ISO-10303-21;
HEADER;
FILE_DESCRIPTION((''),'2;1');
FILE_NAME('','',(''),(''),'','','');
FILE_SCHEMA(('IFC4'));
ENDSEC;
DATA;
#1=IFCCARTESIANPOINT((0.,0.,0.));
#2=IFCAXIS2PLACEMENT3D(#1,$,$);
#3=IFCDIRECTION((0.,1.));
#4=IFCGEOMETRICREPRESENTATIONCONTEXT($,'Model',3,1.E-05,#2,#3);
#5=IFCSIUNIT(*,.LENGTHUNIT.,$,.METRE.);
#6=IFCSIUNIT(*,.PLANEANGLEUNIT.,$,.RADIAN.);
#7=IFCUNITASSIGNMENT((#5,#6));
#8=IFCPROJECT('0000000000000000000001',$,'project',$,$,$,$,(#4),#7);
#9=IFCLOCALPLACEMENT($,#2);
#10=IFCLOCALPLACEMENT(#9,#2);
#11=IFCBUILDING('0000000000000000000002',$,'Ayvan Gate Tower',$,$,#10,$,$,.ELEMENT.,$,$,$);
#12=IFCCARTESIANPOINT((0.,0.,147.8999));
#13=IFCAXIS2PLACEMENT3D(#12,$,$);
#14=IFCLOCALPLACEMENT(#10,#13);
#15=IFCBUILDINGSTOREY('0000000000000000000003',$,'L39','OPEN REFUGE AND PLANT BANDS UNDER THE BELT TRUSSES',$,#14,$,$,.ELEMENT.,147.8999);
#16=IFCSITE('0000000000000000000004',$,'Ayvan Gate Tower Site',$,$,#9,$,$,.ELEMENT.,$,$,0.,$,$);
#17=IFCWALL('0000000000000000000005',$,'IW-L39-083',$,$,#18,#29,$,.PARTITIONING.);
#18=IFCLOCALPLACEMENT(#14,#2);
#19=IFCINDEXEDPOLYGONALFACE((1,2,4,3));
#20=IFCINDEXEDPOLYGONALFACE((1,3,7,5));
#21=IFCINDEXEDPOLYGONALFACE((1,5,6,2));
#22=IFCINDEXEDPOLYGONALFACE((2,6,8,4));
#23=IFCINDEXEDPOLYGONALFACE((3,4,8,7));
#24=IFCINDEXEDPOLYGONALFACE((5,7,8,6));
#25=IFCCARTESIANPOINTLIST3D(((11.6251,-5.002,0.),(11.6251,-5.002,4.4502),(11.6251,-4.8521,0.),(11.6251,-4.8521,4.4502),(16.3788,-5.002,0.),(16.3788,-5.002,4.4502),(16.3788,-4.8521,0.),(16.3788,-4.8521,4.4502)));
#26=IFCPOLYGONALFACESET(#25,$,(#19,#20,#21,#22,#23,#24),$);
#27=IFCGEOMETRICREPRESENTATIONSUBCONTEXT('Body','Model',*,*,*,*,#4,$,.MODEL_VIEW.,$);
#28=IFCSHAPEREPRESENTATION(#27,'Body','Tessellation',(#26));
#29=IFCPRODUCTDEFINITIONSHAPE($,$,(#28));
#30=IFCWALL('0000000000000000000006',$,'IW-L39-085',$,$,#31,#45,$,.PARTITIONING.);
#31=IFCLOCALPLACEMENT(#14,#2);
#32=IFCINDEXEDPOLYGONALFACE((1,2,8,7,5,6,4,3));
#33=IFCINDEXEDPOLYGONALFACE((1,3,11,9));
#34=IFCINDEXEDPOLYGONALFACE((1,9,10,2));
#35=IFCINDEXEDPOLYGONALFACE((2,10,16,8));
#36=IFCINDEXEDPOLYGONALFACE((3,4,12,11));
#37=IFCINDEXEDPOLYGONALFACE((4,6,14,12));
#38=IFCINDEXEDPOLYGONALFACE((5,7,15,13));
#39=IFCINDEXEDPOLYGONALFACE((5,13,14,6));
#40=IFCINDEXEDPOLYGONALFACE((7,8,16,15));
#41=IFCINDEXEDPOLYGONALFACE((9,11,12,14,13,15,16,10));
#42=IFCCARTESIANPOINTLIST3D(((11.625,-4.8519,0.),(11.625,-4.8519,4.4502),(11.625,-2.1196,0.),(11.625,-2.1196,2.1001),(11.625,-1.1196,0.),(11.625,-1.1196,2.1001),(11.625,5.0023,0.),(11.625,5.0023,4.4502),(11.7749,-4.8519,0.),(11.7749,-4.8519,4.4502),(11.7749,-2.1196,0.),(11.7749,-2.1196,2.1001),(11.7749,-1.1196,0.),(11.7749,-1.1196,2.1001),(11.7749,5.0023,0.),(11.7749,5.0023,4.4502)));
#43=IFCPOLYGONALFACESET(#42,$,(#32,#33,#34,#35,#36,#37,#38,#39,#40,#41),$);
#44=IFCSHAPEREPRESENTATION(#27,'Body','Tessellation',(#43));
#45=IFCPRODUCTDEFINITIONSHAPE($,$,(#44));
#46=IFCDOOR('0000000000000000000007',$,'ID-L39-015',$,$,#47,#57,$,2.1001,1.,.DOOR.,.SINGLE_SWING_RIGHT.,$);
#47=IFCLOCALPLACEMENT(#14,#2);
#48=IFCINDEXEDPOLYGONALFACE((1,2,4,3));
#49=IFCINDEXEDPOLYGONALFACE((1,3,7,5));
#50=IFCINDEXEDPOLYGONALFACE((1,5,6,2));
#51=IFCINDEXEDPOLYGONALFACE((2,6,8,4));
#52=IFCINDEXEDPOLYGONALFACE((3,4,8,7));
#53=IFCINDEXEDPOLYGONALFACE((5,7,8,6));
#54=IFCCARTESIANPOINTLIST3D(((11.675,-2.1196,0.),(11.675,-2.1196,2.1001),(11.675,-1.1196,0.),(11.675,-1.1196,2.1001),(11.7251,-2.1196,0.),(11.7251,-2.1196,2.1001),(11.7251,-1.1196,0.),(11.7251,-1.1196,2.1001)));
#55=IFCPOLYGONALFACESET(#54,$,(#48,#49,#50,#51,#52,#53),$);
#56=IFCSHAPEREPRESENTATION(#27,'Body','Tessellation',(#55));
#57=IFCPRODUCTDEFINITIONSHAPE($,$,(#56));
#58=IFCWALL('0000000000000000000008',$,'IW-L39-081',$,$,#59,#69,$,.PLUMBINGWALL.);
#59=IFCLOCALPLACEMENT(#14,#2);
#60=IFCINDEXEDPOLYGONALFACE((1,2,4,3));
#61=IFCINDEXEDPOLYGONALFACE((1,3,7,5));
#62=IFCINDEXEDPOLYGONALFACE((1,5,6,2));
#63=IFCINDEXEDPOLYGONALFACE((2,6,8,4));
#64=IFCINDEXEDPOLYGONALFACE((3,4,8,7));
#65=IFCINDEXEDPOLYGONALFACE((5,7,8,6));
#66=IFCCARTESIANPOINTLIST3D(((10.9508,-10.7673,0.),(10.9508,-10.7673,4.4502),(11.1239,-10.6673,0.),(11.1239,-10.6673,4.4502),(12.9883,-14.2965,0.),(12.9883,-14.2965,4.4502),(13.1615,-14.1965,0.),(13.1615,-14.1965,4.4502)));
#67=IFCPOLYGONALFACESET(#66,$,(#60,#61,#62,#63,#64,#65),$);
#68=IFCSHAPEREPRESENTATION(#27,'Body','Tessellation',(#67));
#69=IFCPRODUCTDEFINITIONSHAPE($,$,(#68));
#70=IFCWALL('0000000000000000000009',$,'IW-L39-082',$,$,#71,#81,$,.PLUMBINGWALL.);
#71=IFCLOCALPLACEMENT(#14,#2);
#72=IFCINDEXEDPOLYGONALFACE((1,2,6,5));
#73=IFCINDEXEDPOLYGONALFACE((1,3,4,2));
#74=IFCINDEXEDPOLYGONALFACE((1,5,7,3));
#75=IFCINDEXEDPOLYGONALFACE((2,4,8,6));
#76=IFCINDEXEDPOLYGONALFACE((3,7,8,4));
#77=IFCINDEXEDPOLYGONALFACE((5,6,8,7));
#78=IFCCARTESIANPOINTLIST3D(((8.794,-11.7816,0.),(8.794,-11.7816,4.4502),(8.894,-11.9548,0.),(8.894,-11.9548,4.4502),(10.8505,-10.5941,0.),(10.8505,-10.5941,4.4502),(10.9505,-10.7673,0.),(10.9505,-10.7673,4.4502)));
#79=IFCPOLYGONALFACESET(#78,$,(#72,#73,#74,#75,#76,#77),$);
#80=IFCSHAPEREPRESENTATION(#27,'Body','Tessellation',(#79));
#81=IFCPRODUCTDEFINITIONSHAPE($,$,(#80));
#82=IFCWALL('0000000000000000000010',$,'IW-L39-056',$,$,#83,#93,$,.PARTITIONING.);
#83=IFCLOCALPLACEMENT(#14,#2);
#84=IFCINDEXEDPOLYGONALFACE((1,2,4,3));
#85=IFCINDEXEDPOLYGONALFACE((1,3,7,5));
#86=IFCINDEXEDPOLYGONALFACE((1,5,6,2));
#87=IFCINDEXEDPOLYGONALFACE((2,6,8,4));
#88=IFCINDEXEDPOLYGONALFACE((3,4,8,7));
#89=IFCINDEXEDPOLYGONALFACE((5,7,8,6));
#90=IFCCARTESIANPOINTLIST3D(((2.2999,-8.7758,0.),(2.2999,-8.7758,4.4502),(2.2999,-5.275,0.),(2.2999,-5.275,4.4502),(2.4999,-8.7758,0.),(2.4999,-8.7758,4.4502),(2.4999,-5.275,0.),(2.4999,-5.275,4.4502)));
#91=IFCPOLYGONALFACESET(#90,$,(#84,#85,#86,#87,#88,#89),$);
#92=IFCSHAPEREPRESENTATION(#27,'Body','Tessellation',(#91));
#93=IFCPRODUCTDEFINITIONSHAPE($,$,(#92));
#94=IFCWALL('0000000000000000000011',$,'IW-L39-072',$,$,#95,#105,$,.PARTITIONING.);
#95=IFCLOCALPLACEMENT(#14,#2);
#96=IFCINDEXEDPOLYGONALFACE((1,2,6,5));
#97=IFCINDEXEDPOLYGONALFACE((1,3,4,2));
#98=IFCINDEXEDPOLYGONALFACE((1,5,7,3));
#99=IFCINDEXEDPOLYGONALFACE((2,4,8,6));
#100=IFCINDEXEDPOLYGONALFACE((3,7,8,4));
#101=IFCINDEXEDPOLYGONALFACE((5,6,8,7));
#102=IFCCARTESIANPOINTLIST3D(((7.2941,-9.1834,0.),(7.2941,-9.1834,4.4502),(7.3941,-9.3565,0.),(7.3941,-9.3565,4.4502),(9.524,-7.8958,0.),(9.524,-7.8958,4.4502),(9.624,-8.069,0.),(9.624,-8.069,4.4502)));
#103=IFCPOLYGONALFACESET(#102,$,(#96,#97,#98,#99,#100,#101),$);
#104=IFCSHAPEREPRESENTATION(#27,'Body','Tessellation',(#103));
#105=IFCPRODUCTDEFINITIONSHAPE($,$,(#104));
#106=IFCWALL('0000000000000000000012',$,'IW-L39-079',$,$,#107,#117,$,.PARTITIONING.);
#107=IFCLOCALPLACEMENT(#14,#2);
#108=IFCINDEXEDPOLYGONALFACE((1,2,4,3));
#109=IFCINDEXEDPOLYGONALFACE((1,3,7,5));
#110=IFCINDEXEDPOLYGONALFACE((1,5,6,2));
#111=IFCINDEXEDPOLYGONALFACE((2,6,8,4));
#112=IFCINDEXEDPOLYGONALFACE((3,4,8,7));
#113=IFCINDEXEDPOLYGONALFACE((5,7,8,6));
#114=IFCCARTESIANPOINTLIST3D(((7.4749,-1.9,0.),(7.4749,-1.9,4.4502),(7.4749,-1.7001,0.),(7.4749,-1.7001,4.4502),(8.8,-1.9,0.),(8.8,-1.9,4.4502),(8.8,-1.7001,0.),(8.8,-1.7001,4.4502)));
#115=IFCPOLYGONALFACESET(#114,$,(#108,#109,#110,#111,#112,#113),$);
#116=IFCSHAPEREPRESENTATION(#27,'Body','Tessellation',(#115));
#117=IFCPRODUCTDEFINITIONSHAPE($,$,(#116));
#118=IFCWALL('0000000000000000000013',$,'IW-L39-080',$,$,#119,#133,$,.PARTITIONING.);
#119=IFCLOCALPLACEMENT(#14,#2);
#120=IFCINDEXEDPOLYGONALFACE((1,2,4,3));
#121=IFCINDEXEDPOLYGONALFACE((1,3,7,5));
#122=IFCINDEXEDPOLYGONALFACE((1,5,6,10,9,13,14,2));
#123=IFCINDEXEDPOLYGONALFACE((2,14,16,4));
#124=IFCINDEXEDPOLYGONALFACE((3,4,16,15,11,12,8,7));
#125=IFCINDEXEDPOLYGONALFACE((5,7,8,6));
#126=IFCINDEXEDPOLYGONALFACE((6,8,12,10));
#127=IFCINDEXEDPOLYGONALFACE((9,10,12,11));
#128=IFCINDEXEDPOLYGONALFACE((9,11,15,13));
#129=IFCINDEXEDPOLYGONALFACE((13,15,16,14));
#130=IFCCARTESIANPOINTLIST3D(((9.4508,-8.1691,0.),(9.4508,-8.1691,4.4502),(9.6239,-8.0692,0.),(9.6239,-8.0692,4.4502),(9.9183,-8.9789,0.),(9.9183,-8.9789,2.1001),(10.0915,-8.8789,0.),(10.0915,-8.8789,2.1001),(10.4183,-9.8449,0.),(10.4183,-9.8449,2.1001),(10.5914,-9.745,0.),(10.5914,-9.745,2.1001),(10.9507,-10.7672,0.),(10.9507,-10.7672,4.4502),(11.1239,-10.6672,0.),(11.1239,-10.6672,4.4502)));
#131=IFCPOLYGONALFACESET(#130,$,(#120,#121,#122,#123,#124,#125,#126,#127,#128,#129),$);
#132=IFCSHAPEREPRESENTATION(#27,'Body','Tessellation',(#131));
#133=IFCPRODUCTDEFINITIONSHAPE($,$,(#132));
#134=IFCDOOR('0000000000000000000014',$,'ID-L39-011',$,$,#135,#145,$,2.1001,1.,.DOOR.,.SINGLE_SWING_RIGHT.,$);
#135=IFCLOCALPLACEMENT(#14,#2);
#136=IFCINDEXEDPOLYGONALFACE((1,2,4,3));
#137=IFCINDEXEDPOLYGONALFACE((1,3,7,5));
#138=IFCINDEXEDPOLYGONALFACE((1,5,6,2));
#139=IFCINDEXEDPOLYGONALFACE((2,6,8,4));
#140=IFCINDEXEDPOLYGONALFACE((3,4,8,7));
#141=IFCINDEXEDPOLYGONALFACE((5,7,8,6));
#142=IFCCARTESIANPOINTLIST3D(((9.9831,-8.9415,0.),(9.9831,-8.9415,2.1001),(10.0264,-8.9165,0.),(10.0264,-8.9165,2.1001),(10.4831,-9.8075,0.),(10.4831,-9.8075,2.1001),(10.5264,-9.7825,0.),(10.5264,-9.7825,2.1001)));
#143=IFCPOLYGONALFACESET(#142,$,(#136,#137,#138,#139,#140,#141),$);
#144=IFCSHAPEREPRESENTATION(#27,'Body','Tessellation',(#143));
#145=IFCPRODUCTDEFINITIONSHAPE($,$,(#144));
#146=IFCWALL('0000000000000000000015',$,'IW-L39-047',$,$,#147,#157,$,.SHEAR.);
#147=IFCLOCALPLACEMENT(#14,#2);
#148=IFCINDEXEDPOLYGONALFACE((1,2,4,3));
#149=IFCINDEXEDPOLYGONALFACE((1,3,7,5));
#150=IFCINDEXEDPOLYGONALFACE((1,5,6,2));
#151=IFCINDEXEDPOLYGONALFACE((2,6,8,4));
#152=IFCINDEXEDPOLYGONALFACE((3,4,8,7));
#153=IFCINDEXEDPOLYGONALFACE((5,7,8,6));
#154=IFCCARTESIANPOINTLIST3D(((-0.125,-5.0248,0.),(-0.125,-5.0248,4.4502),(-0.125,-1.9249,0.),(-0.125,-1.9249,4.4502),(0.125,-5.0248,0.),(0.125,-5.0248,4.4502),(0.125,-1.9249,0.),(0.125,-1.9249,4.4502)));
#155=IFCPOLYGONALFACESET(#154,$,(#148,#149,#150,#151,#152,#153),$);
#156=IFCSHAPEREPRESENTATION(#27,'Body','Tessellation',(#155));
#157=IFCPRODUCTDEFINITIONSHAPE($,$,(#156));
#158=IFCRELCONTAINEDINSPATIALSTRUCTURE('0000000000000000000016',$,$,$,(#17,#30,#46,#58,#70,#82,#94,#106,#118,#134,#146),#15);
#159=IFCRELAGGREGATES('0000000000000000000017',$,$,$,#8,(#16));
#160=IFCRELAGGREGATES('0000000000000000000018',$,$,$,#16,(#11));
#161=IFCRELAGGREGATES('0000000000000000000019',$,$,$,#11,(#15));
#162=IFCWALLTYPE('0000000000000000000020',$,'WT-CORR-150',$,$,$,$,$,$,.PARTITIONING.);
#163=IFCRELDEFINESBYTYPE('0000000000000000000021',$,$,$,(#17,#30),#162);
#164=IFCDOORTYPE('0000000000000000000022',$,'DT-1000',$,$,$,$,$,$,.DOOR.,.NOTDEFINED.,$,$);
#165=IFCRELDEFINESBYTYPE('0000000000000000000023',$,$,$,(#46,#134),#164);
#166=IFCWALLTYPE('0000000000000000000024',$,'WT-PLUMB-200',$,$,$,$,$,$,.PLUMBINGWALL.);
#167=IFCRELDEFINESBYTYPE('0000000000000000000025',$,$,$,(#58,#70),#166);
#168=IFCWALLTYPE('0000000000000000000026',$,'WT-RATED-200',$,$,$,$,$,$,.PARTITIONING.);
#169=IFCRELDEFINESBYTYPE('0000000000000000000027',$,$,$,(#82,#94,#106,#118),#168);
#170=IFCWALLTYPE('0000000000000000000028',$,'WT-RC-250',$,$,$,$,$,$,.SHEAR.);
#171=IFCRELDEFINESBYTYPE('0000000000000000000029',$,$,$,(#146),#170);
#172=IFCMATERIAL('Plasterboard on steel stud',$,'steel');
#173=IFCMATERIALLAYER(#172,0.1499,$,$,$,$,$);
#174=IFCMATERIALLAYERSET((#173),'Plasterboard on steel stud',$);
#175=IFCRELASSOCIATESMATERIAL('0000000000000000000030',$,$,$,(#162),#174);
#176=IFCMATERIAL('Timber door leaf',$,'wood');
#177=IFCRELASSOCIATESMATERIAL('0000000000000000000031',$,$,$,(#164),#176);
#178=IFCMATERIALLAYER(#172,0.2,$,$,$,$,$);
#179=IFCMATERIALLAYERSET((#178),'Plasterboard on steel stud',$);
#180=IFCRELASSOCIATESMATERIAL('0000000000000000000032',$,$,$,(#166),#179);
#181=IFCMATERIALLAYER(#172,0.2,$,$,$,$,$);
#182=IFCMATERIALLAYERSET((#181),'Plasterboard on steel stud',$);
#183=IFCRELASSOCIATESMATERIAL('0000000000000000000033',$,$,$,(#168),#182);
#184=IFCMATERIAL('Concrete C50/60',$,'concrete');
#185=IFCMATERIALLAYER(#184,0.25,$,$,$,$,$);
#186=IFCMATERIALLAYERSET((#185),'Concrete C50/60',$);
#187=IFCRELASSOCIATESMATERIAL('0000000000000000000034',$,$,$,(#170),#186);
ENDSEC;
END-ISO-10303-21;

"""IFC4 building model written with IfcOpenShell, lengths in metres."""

from ifc_helpers import new_model, si_unit, direction, frame, frame_2d, origin, place, context, subcontext, project, spatial, rectangle, extrude, material, layer, layer_set, type_object, element, fill, save


model = new_model("IFC4")

# Units and contexts
model_context = context("Model", 3, precision=1e-05, world=origin(), true_north=direction((0.0, 1.0)))
body_context = subcontext(model_context, "Body", "Model", "MODEL_VIEW")
ifc_project = project(units=[si_unit("LENGTHUNIT", "METRE"), si_unit("PLANEANGLEUNIT", "RADIAN")], contexts=[model_context])

# Site, building, storey
site_placement = place(None, origin())
site = spatial("IfcSite", under=ifc_project, at=site_placement, Name="Ayvan Gate Tower Site", CompositionType="ELEMENT", RefElevation=0.0)
building_placement = place(site_placement, origin())
building = spatial("IfcBuilding", under=site, at=building_placement, Name="Ayvan Gate Tower", CompositionType="ELEMENT")
storey_placement = place(building_placement, frame((0.0, 0.0, 147.8999)))
storey = spatial("IfcBuildingStorey", under=building, at=storey_placement, Name="L39", Description="OPEN REFUGE AND PLANT BANDS UNDER THE BELT TRUSSES", CompositionType="ELEMENT", Elevation=147.8999)

# Shared definitions
ifc_material_1 = material(Name="Timber door leaf", Category="wood")

# Wall
ifc_material_2 = material(Name="Plasterboard on steel stud", Category="steel")
ifc_layer_1 = layer(ifc_material_2, 0.1499)
ifc_layer_set_1 = layer_set([ifc_layer_1], Name="Plasterboard on steel stud")
wall_type_1 = type_object("IfcWallType", Name="WT-CORR-150", PredefinedType="PARTITIONING", material=ifc_layer_set_1)
wall_1_placement = place(storey_placement, frame((11.625, -4.927, 0.0), z_axis=(0.0, 0.0, 1.0), x_axis=(1.0, 0.0, 0.0)))
element("IfcWall", 1, at=wall_1_placement, inside=storey, type_object=wall_type_1, Name="IW-L39-083", PredefinedType="PARTITIONING", context=body_context, shape_type="SweptSolid", body=[
    extrude(rectangle(XDim=4.7537, YDim=0.1499, at=frame_2d((2.377, 0.0))), origin(), (0.0, 0.0, 1.0), 4.4502),
])

# Wall, opening, door
wall_2_placement = place(storey_placement, frame((11.7, -4.8521, 0.0), z_axis=(0.0, 0.0, 1.0), x_axis=(0.0, 1.0, 0.0)))
wall_2 = element("IfcWall", 2, at=wall_2_placement, inside=storey, type_object=wall_type_1, Name="IW-L39-085", PredefinedType="PARTITIONING", context=body_context, shape_type="SweptSolid", body=[
    extrude(rectangle(XDim=9.8542, YDim=0.1499, at=frame_2d((4.9272, 0.0))), origin(), (0.0, 0.0, 1.0), 4.4502),
])
opening_1_placement = place(wall_2_placement, frame((2.7324, 0.0, 0.0)))
opening_1 = element("IfcOpeningElement", 3, at=opening_1_placement, cuts=wall_2, PredefinedType="OPENING", context=body_context, shape_type="SweptSolid", body=[
    extrude(rectangle(XDim=1.0, YDim=2.1001, at=frame_2d((0.5, 1.05))), frame((0.0, 0.085, 0.0), z_axis=(0.0, -1.0, 0.0), x_axis=(1.0, 0.0, 0.0)), (0.0, 0.0, 1.0), 0.1699),
])
door_type_1 = type_object("IfcDoorType", Name="DT-1000", OperationType="NOTDEFINED", PredefinedType="DOOR", material=ifc_material_1)
door_1_placement = place(opening_1_placement, origin())
door_1 = element("IfcDoor", 4, at=door_1_placement, inside=storey, type_object=door_type_1, Name="ID-L39-015", OperationType="SINGLE_SWING_RIGHT", OverallHeight=2.1001, OverallWidth=1.0, PredefinedType="DOOR", context=body_context, shape_type="SweptSolid", body=[
    extrude(rectangle(XDim=1.0, YDim=2.1001, at=frame_2d((0.5, 1.05))), frame((0.0, 0.0249, 0.0), z_axis=(0.0, -1.0, 0.0), x_axis=(1.0, 0.0, 0.0)), (0.0, 0.0, 1.0), 0.05),
])
fill(opening_1, door_1)

# Walls
ifc_layer_2 = layer(ifc_material_2, 0.2)
ifc_layer_set_2 = layer_set([ifc_layer_2], Name="Plasterboard on steel stud")
wall_type_2 = type_object("IfcWallType", Name="WT-PLUMB-200", PredefinedType="PLUMBINGWALL", material=ifc_layer_set_2)
wall_3_placement = place(storey_placement, frame((11.0374, -10.7173, 0.0), z_axis=(0.0, 0.0, 1.0), x_axis=(0.499992, -0.86603, 0.0)))
element("IfcWall", 5, at=wall_3_placement, inside=storey, type_object=wall_type_2, Name="IW-L39-081", PredefinedType="PLUMBINGWALL", context=body_context, shape_type="SweptSolid", body=[
    extrude(rectangle(XDim=4.0752, YDim=0.2, at=frame_2d((2.0376, 0.0))), origin(), (0.0, 0.0, 1.0), 4.4502),
])
wall_4_placement = place(storey_placement, frame((10.9006, -10.6807, 0.0), z_axis=(0.0, 0.0, 1.0), x_axis=(-0.866008, -0.500031, 0.0)))
element("IfcWall", 6, at=wall_4_placement, inside=storey, type_object=wall_type_2, Name="IW-L39-082", PredefinedType="PLUMBINGWALL", context=body_context, shape_type="SweptSolid", body=[
    extrude(rectangle(XDim=2.3748, YDim=0.2, at=frame_2d((1.1875, 0.0))), origin(), (0.0, 0.0, 1.0), 4.4502),
])
ifc_layer_3 = layer(ifc_material_2, 0.2)
ifc_layer_set_3 = layer_set([ifc_layer_3], Name="Plasterboard on steel stud")
wall_type_3 = type_object("IfcWallType", Name="WT-RATED-200", PredefinedType="PARTITIONING", material=ifc_layer_set_3)
wall_5_placement = place(storey_placement, frame((2.3999, -5.2749, 0.0), z_axis=(0.0, 0.0, 1.0), x_axis=(0.0, -1.0, 0.0)))
element("IfcWall", 7, at=wall_5_placement, inside=storey, type_object=wall_type_3, Name="IW-L39-056", PredefinedType="PARTITIONING", context=body_context, shape_type="SweptSolid", body=[
    extrude(rectangle(XDim=3.5007, YDim=0.2, at=frame_2d((1.7505, 0.0))), origin(), (0.0, 0.0, 1.0), 4.4502),
])
wall_6_placement = place(storey_placement, frame((7.344, -9.27, 0.0), z_axis=(0.0, 0.0, 1.0), x_axis=(0.866006, 0.500034, 0.0)))
element("IfcWall", 8, at=wall_6_placement, inside=storey, type_object=wall_type_3, Name="IW-L39-072", PredefinedType="PARTITIONING", context=body_context, shape_type="SweptSolid", body=[
    extrude(rectangle(XDim=2.575, YDim=0.2, at=frame_2d((1.2876, 0.0))), origin(), (0.0, 0.0, 1.0), 4.4502),
])
wall_7_placement = place(storey_placement, frame((8.8, -1.8, 0.0), z_axis=(0.0, 0.0, 1.0), x_axis=(-1.0, 0.0, 0.0)))
element("IfcWall", 9, at=wall_7_placement, inside=storey, type_object=wall_type_3, Name="IW-L39-079", PredefinedType="PARTITIONING", context=body_context, shape_type="SweptSolid", body=[
    extrude(rectangle(XDim=1.3252, YDim=0.2, at=frame_2d((0.6626, 0.0))), origin(), (0.0, 0.0, 1.0), 4.4502),
])

# Wall, opening, door
wall_8_placement = place(storey_placement, frame((9.5374, -8.1191, 0.0), z_axis=(0.0, 0.0, 1.0), x_axis=(0.49999, -0.866031, 0.0)))
wall_8 = element("IfcWall", 10, at=wall_8_placement, inside=storey, type_object=wall_type_3, Name="IW-L39-080", PredefinedType="PARTITIONING", context=body_context, shape_type="SweptSolid", body=[
    extrude(rectangle(XDim=3.0, YDim=0.2, at=frame_2d((1.5, 0.0))), origin(), (0.0, 0.0, 1.0), 4.4502),
])
opening_2_placement = place(wall_8_placement, frame((0.9351, 0.0, 0.0)))
opening_2 = element("IfcOpeningElement", 11, at=opening_2_placement, cuts=wall_8, PredefinedType="OPENING", context=body_context, shape_type="SweptSolid", body=[
    extrude(rectangle(XDim=1.0, YDim=2.1001, at=frame_2d((0.5, 1.05))), frame((0.0, 0.1099, 0.0), z_axis=(0.0, -1.0, 0.0), x_axis=(1.0, 0.0, 0.0)), (0.0, 0.0, 1.0), 0.22),
])
door_2_placement = place(opening_2_placement, origin())
door_2 = element("IfcDoor", 12, at=door_2_placement, inside=storey, type_object=door_type_1, Name="ID-L39-011", OperationType="SINGLE_SWING_RIGHT", OverallHeight=2.1001, OverallWidth=1.0, PredefinedType="DOOR", context=body_context, shape_type="SweptSolid", body=[
    extrude(rectangle(XDim=1.0, YDim=2.1001, at=frame_2d((0.5, 1.05))), frame((0.0, 0.0249, 0.0), z_axis=(0.0, -1.0, 0.0), x_axis=(1.0, 0.0, 0.0)), (0.0, 0.0, 1.0), 0.05),
])
fill(opening_2, door_2)

# Wall
ifc_material_3 = material(Name="Concrete C50/60", Category="concrete")
ifc_layer_4 = layer(ifc_material_3, 0.25)
ifc_layer_set_4 = layer_set([ifc_layer_4], Name="Concrete C50/60")
wall_type_4 = type_object("IfcWallType", Name="WT-RC-250", PredefinedType="SHEAR", material=ifc_layer_set_4)
wall_9_placement = place(storey_placement, frame((0.0, -1.925, 0.0), z_axis=(0.0, 0.0, 1.0), x_axis=(0.0, -1.0, 0.0)))
element("IfcWall", 13, at=wall_9_placement, inside=storey, type_object=wall_type_4, Name="IW-L39-047", PredefinedType="SHEAR", context=body_context, shape_type="SweptSolid", body=[
    extrude(rectangle(XDim=3.0999, YDim=0.25, at=frame_2d((1.5498, 0.0))), origin(), (0.0, 0.0, 1.0), 4.4502),
])

save(model, "model.ifc")
